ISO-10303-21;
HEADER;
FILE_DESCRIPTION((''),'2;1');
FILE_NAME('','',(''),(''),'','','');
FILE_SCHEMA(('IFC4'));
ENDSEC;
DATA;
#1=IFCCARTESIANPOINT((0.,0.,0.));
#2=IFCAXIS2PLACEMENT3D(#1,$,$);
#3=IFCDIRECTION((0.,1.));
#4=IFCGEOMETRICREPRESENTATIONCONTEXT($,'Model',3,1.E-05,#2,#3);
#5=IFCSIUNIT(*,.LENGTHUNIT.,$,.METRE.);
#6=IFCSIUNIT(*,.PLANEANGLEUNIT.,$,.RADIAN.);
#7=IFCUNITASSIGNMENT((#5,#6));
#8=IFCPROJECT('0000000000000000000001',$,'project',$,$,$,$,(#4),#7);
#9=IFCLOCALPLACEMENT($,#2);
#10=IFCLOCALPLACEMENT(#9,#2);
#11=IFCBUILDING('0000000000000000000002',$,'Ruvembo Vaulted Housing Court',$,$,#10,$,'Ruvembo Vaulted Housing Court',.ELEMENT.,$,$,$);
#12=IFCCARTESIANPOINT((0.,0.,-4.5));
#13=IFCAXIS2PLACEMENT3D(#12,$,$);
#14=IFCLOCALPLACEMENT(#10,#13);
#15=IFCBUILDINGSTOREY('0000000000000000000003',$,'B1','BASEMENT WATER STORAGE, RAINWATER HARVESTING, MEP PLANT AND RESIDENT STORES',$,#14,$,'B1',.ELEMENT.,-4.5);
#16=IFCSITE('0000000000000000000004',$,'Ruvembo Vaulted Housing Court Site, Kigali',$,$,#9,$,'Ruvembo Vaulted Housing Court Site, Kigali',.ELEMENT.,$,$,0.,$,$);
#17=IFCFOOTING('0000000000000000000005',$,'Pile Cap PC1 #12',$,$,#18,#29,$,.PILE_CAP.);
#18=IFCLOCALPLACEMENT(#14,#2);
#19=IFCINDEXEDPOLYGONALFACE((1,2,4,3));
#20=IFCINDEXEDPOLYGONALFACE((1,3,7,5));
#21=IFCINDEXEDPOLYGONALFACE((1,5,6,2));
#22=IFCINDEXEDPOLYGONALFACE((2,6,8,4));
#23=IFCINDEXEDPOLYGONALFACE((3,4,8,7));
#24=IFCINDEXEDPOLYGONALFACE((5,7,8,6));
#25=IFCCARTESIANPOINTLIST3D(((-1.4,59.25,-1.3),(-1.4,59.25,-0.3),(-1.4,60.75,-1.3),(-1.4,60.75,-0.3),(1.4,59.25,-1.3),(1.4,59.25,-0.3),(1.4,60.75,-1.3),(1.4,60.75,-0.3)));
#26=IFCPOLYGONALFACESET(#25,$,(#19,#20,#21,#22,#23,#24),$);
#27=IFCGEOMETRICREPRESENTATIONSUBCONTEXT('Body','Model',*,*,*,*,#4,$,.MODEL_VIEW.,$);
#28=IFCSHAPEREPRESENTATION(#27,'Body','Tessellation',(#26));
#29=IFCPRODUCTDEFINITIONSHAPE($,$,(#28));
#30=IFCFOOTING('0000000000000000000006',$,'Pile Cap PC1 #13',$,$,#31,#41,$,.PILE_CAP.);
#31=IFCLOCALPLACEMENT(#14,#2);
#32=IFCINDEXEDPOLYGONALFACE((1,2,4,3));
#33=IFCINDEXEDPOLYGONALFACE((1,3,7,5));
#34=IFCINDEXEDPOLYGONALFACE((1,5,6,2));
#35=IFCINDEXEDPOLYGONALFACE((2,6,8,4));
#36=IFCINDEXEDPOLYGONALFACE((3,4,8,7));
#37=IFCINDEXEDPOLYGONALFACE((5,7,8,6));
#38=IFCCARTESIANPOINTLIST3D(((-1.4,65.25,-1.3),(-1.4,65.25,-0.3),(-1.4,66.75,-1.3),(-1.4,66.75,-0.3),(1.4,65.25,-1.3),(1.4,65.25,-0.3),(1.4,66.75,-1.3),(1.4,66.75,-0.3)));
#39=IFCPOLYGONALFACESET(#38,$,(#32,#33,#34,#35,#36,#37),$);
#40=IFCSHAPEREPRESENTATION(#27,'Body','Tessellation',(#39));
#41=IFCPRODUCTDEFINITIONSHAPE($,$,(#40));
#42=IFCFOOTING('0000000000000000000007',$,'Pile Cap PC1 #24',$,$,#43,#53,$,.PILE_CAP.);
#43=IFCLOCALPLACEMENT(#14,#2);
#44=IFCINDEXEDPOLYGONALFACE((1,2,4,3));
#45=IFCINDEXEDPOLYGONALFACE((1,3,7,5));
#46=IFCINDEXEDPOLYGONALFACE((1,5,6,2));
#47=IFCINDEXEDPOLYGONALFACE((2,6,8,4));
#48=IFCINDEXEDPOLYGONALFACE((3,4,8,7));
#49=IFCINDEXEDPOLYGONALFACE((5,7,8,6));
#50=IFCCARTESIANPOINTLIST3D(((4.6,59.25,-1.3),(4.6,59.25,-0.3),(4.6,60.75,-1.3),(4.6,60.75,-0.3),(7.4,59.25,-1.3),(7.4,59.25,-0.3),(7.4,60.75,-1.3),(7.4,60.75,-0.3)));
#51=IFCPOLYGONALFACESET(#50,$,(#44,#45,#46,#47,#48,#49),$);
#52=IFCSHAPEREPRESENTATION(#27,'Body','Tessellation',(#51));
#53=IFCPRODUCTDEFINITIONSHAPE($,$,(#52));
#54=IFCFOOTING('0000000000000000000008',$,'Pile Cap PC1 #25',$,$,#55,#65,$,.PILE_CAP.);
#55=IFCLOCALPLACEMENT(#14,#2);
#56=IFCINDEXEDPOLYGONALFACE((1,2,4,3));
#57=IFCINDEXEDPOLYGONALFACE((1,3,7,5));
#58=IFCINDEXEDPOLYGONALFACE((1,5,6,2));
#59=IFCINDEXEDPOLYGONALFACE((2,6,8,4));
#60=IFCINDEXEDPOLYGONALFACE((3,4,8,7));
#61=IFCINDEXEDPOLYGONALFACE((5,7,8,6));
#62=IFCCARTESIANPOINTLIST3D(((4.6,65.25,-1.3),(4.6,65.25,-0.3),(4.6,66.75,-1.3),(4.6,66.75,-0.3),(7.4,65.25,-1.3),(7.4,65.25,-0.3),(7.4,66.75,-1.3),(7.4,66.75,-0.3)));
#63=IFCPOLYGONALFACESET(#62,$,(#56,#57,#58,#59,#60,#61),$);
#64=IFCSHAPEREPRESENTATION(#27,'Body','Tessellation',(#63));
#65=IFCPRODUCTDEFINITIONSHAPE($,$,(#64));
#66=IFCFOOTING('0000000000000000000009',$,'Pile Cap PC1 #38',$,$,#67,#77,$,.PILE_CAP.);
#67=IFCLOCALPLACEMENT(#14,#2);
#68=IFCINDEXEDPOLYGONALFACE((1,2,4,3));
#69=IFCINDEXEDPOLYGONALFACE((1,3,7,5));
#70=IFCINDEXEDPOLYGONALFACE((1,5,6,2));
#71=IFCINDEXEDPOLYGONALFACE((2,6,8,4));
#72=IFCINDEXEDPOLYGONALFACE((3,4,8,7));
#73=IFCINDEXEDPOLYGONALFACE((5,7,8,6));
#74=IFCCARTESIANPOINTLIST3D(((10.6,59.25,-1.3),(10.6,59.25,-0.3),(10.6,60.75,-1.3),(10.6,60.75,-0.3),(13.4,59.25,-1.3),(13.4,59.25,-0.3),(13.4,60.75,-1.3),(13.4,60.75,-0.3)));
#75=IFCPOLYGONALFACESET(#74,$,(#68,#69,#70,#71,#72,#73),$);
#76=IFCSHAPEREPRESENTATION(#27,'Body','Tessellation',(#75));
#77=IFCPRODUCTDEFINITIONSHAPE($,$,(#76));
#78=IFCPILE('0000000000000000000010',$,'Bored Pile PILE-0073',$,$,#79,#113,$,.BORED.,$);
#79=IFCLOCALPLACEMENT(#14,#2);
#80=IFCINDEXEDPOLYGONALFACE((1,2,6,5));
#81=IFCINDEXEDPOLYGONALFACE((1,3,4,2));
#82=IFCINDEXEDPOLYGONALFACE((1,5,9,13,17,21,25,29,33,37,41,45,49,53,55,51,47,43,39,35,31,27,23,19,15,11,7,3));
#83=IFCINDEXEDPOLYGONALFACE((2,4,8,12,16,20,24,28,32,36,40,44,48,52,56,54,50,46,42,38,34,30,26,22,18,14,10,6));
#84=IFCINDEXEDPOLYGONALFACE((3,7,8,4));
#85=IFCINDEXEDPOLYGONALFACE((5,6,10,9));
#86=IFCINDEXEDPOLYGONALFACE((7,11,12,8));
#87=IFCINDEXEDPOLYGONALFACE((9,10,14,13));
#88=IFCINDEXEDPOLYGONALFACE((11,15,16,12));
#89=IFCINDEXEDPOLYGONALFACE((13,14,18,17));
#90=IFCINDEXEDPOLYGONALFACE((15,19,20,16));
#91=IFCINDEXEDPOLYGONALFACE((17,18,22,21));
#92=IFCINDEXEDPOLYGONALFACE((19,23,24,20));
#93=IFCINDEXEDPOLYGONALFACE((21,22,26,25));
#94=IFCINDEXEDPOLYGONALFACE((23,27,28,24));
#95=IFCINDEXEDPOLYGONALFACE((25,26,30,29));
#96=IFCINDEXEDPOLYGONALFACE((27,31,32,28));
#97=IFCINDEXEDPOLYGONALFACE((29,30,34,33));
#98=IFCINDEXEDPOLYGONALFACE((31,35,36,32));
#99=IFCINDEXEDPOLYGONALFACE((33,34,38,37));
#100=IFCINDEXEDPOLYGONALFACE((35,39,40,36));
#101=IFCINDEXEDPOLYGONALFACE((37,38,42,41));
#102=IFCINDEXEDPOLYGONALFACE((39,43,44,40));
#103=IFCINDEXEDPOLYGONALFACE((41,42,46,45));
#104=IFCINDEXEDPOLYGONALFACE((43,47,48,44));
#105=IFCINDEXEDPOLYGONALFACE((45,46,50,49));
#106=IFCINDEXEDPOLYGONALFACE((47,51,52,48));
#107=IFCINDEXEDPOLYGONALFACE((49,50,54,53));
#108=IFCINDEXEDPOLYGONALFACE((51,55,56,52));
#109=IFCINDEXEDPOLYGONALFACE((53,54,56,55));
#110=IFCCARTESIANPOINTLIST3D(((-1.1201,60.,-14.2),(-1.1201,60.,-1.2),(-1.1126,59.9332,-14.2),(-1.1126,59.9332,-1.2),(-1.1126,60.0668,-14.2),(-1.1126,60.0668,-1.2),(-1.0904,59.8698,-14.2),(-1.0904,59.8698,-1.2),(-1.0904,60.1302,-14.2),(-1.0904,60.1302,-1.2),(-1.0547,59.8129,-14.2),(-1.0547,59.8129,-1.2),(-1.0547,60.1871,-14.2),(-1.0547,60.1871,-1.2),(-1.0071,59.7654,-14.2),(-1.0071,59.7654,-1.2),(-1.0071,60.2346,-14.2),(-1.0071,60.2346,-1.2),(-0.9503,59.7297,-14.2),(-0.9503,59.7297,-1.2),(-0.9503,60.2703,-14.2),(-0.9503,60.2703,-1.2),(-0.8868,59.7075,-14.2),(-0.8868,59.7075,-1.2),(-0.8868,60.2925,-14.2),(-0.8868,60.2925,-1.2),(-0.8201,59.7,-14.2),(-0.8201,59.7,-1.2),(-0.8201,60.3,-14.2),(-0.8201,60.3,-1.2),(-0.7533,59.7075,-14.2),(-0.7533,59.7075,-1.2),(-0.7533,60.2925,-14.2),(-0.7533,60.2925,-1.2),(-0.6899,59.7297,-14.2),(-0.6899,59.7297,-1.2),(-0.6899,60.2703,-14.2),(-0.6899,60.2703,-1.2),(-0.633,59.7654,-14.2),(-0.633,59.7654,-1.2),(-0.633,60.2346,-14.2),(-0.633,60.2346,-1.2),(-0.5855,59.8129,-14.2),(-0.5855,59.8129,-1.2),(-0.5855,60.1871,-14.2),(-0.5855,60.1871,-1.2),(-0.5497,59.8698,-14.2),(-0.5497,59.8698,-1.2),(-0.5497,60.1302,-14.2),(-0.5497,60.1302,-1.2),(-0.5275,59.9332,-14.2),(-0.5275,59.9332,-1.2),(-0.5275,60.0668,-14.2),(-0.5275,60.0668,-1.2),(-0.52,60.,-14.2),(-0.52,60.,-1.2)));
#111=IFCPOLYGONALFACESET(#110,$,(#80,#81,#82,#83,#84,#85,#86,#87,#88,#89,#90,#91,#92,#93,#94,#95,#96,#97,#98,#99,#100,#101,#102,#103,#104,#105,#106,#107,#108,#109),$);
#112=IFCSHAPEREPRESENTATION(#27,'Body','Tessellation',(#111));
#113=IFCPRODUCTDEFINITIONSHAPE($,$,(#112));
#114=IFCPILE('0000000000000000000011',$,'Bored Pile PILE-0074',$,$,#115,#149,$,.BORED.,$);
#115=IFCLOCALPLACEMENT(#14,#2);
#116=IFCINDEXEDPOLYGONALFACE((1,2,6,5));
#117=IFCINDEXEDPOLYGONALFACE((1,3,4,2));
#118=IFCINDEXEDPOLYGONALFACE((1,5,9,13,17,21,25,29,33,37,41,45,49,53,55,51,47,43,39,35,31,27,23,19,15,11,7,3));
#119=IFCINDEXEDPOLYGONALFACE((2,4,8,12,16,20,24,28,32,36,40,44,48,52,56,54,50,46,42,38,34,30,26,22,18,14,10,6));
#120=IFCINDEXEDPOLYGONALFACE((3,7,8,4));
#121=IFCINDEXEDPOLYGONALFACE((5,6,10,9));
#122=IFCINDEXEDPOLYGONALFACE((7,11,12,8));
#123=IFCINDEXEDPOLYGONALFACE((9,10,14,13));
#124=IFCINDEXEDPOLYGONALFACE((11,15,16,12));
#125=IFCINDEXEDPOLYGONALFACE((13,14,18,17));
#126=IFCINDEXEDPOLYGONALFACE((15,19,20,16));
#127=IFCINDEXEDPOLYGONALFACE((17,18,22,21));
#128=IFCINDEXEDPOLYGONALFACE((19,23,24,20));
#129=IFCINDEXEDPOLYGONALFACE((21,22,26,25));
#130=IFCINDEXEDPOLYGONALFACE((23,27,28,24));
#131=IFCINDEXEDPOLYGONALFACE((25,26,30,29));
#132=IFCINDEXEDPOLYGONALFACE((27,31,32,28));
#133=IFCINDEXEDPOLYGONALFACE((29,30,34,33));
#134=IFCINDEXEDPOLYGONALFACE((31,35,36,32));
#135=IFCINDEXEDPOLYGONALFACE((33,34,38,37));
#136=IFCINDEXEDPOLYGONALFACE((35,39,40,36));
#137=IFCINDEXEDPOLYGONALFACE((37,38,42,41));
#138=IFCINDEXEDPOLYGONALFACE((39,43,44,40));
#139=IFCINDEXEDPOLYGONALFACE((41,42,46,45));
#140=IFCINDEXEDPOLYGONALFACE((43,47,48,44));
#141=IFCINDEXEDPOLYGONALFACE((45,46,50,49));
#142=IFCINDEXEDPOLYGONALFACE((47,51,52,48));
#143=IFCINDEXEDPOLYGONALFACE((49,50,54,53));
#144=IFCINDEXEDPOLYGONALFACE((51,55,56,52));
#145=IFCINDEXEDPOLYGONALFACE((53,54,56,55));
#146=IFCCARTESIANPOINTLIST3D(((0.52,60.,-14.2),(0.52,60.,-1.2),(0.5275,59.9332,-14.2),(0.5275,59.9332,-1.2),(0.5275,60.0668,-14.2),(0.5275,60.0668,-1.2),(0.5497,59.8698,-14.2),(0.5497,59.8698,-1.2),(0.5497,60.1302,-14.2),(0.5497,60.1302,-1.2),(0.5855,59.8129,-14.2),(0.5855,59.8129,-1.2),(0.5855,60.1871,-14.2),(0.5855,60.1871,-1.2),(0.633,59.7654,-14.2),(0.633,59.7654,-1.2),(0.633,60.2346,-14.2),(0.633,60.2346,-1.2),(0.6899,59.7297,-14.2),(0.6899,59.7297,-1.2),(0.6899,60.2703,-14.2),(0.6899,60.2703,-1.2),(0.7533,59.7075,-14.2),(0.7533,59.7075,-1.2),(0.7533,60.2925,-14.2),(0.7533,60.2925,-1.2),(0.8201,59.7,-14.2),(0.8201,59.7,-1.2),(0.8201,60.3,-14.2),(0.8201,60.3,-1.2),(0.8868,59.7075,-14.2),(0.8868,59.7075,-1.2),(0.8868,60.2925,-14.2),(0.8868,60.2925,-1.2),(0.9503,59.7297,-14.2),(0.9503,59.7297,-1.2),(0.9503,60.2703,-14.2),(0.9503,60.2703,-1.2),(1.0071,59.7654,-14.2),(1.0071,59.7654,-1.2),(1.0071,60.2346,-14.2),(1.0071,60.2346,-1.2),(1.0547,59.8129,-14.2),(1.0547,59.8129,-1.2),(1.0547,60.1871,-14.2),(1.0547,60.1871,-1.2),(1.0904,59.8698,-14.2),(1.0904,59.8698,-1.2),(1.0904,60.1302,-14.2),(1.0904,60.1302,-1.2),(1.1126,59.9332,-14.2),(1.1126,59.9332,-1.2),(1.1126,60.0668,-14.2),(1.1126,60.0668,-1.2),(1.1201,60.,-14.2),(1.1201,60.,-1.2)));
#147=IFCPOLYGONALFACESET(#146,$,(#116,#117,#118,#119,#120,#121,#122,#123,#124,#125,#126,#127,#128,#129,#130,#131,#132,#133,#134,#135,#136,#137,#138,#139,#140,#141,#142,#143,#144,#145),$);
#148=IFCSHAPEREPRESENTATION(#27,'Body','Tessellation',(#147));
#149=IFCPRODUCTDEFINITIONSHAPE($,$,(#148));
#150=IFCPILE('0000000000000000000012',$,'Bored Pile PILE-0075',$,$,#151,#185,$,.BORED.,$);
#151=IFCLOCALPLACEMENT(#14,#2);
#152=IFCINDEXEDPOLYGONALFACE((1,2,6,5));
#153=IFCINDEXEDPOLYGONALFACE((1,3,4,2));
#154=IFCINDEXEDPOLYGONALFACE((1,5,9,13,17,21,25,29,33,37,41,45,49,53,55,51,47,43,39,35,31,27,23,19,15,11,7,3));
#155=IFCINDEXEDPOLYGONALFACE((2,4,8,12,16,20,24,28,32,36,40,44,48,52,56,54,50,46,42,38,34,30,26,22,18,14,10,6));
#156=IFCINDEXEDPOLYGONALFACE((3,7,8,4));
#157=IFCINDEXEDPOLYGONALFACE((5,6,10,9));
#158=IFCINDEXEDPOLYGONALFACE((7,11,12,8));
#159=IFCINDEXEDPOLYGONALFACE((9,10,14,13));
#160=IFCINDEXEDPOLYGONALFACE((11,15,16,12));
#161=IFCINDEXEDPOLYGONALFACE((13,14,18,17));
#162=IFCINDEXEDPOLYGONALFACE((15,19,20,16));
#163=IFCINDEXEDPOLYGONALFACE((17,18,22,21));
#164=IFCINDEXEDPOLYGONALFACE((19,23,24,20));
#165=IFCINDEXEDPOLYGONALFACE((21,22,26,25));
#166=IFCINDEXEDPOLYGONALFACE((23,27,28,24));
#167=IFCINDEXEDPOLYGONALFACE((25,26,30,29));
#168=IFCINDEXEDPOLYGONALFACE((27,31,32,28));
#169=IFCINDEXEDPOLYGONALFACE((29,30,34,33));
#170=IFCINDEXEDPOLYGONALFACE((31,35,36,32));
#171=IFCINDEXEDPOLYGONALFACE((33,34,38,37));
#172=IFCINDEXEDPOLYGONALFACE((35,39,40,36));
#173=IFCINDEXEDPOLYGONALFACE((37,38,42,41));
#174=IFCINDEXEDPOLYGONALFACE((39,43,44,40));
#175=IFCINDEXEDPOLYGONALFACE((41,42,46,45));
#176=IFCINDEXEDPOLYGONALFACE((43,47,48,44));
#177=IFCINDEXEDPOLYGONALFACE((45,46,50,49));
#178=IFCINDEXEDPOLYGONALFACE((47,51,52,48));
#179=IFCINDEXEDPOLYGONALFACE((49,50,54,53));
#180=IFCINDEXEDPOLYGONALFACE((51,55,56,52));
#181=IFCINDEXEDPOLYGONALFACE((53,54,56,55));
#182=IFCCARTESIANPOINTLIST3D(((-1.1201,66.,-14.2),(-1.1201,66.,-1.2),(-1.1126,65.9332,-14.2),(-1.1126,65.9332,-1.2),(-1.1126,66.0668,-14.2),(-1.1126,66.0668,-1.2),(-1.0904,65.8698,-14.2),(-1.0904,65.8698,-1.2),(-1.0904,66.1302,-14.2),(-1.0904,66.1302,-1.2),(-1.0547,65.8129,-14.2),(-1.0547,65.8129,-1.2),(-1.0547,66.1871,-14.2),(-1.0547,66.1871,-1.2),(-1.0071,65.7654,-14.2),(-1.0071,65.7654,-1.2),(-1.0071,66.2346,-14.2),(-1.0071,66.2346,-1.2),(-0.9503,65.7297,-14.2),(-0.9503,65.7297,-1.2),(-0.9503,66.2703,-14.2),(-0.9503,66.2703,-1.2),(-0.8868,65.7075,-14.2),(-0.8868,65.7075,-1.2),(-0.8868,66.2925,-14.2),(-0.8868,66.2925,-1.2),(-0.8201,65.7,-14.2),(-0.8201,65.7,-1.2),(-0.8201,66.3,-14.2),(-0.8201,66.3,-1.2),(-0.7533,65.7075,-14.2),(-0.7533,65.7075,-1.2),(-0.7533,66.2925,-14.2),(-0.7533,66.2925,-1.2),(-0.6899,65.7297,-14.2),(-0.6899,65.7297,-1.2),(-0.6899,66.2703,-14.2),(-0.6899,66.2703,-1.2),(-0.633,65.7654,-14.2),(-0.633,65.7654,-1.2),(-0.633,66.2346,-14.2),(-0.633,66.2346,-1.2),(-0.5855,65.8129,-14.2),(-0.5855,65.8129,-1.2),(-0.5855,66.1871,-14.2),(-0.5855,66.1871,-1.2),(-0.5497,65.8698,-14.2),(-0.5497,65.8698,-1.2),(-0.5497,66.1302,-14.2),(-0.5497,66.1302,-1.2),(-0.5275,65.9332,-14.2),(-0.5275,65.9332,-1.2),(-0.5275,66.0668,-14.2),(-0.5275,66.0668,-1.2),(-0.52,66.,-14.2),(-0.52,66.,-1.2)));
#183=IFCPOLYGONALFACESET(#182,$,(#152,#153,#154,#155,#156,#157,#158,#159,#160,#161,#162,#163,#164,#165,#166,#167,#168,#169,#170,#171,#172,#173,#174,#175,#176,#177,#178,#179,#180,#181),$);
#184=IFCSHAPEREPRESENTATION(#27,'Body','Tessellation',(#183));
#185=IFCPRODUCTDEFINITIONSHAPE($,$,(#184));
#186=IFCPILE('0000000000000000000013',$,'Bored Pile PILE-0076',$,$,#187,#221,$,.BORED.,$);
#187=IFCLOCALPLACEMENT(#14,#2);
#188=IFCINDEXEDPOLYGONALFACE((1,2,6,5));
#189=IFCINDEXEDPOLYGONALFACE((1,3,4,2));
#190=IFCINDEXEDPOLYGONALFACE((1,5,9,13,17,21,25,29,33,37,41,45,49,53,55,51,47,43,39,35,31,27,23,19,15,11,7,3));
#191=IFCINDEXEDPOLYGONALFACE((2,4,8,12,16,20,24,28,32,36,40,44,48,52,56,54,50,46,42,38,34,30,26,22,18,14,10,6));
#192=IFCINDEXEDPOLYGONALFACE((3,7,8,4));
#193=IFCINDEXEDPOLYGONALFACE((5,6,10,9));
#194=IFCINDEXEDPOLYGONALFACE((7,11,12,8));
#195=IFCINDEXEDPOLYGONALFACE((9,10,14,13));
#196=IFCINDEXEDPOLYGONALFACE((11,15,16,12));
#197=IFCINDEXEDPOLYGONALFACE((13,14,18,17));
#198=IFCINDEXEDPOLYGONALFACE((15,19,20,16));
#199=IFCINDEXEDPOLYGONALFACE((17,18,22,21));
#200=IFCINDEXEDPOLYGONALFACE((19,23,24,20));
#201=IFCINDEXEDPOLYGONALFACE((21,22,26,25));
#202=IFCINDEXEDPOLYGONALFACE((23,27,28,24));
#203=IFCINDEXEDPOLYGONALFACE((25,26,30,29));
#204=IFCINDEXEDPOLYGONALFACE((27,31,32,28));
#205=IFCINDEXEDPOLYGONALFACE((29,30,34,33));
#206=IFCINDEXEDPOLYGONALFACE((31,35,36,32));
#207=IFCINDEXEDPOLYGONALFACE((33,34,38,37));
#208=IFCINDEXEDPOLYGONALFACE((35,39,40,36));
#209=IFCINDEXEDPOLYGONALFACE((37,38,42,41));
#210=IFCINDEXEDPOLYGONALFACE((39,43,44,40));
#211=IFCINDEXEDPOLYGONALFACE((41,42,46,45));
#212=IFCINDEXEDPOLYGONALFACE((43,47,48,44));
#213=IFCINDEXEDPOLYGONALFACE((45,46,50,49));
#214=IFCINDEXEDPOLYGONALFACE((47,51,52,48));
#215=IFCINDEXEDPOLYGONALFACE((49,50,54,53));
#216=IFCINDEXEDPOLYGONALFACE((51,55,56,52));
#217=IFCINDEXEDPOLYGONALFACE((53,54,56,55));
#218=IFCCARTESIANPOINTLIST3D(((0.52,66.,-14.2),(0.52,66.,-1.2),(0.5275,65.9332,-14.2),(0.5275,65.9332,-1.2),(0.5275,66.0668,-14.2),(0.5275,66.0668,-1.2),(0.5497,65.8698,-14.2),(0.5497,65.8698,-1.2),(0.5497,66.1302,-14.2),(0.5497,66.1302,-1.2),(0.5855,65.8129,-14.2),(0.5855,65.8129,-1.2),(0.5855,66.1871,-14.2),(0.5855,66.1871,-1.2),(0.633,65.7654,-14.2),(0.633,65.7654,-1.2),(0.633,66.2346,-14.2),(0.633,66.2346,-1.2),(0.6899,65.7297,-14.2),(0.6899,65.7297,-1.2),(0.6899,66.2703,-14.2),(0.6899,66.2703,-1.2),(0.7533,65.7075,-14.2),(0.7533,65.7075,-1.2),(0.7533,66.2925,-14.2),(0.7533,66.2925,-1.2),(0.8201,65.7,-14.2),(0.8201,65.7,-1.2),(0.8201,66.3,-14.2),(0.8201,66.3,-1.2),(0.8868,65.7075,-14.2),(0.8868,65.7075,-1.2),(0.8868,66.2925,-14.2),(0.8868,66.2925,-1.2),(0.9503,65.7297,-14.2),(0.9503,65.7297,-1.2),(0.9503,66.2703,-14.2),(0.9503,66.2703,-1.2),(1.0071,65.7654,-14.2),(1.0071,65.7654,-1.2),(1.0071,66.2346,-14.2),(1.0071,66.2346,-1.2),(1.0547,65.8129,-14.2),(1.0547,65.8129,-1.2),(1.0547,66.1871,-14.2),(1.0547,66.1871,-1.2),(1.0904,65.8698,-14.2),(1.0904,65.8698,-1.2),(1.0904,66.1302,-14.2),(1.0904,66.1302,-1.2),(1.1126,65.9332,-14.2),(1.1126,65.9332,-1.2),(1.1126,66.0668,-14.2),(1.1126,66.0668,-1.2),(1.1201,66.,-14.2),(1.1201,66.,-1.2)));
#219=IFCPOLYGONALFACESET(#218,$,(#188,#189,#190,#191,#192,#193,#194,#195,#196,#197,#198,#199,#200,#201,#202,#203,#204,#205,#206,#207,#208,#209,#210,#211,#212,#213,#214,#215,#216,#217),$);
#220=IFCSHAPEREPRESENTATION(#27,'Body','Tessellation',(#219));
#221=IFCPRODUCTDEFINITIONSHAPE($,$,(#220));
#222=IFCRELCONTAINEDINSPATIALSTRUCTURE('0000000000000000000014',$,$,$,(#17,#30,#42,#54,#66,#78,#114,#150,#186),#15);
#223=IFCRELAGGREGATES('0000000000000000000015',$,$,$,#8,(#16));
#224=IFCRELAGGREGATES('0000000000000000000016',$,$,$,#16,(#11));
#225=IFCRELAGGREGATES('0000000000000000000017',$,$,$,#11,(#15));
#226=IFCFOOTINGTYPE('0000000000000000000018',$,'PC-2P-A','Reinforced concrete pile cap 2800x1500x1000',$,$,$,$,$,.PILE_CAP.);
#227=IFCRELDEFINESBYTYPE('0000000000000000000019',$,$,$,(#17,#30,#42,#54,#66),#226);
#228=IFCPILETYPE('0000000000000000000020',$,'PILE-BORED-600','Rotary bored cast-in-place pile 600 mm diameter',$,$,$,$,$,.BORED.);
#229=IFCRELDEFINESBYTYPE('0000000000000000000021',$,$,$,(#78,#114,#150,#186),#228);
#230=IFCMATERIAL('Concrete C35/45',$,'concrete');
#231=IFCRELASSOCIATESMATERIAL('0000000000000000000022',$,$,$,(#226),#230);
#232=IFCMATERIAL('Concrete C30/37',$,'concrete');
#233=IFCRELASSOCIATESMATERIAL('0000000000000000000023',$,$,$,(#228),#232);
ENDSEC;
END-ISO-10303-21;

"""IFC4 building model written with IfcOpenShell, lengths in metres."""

from ifc_helpers import new_model, si_unit, direction, frame, origin, origin_2d, place, context, subcontext, project, spatial, rectangle, circle, extrude, material, material_profile, profile_set, type_object, element, save


model = new_model("IFC4")

# Units and contexts
model_context = context("Model", 3, precision=1e-05, world=origin(), true_north=direction((0.0, 1.0)))
body_context = subcontext(model_context, "Body", "Model", "MODEL_VIEW")
ifc_project = project(units=[si_unit("LENGTHUNIT", "METRE"), si_unit("PLANEANGLEUNIT", "RADIAN")], contexts=[model_context])

# Site, building, storey
site_placement = place(None, origin())
site = spatial("IfcSite", under=ifc_project, at=site_placement, Name="Ruvembo Vaulted Housing Court Site, Kigali", LongName="Ruvembo Vaulted Housing Court Site, Kigali", CompositionType="ELEMENT", RefElevation=0.0)
building_placement = place(site_placement, origin())
building = spatial("IfcBuilding", under=site, at=building_placement, Name="Ruvembo Vaulted Housing Court", LongName="Ruvembo Vaulted Housing Court", CompositionType="ELEMENT")
storey_placement = place(building_placement, frame((0.0, 0.0, -4.5)))
storey = spatial("IfcBuildingStorey", under=building, at=storey_placement, Name="B1", Description="BASEMENT WATER STORAGE, RAINWATER HARVESTING, MEP PLANT AND RESIDENT STORES", LongName="B1", CompositionType="ELEMENT", Elevation=-4.5)

# Footings
ifc_material_1 = material(Name="Concrete C35/45", Category="concrete")
footing_type = type_object("IfcFootingType", Name="PC-2P-A", Description="Reinforced concrete pile cap 2800x1500x1000", PredefinedType="PILE_CAP", material=ifc_material_1)
for number, where, z_axis, x_axis, name in (
    (1, (0.0, 60.0, -1.3), (0.0, 0.0, 1.0), (1.0, 0.0, 0.0), "Pile Cap PC1 #12"),
    (2, (0.0, 66.0, -1.3), (0.0, 0.0, 1.0), (1.0, 0.0, 0.0), "Pile Cap PC1 #13"),
    (3, (6.0, 60.0, -1.3), (0.0, 0.0, 1.0), (1.0, 0.0, 0.0), "Pile Cap PC1 #24"),
    (4, (6.0, 66.0, -1.3), (0.0, 0.0, 1.0), (1.0, 0.0, 0.0), "Pile Cap PC1 #25"),
    (5, (12.0, 60.0, -1.3), (0.0, 0.0, 1.0), (1.0, 0.0, 0.0), "Pile Cap PC1 #38"),
):
    element("IfcFooting", number, at=place(storey_placement, frame(where, z_axis=z_axis, x_axis=x_axis)), inside=storey, type_object=footing_type, Name=name, PredefinedType="PILE_CAP", context=body_context, shape_type="SweptSolid", body=[
        extrude(rectangle(XDim=2.8, YDim=1.5, at=origin_2d()), origin(), (0.0, 0.0, 1.0), 1.0),
    ])

# Piles
ifc_material_2 = material(Name="Concrete C30/37", Category="concrete")
ifc_material_profile_1 = material_profile(ifc_material_2, circle(Radius=0.3, at=origin_2d()), Name="PILE D600")
ifc_profile_set_1 = profile_set([ifc_material_profile_1], Name="Concrete C30/37")
pile_type = type_object("IfcPileType", Name="PILE-BORED-600", Description="Rotary bored cast-in-place pile 600 mm diameter", PredefinedType="BORED", material=ifc_profile_set_1)
for number, where, z_axis, x_axis, name in (
    (6, (-0.8201, 60.0, -1.2), (0.0, 0.0, -1.0), (1.0, 0.0, 0.0), "Bored Pile PILE-0073"),
    (7, (0.8201, 60.0, -1.2), (0.0, 0.0, -1.0), (1.0, 0.0, 0.0), "Bored Pile PILE-0074"),
    (8, (-0.8201, 66.0, -1.2), (0.0, 0.0, -1.0), (1.0, 0.0, 0.0), "Bored Pile PILE-0075"),
    (9, (0.8201, 66.0, -1.2), (0.0, 0.0, -1.0), (1.0, 0.0, 0.0), "Bored Pile PILE-0076"),
):
    element("IfcPile", number, at=place(storey_placement, frame(where, z_axis=z_axis, x_axis=x_axis)), inside=storey, type_object=pile_type, Name=name, PredefinedType="BORED", context=body_context, shape_type="SweptSolid", body=[
        extrude(circle(Radius=0.3, at=origin_2d()), origin(), (0.0, 0.0, 1.0), 13.0),
    ])

save(model, "model.ifc")
